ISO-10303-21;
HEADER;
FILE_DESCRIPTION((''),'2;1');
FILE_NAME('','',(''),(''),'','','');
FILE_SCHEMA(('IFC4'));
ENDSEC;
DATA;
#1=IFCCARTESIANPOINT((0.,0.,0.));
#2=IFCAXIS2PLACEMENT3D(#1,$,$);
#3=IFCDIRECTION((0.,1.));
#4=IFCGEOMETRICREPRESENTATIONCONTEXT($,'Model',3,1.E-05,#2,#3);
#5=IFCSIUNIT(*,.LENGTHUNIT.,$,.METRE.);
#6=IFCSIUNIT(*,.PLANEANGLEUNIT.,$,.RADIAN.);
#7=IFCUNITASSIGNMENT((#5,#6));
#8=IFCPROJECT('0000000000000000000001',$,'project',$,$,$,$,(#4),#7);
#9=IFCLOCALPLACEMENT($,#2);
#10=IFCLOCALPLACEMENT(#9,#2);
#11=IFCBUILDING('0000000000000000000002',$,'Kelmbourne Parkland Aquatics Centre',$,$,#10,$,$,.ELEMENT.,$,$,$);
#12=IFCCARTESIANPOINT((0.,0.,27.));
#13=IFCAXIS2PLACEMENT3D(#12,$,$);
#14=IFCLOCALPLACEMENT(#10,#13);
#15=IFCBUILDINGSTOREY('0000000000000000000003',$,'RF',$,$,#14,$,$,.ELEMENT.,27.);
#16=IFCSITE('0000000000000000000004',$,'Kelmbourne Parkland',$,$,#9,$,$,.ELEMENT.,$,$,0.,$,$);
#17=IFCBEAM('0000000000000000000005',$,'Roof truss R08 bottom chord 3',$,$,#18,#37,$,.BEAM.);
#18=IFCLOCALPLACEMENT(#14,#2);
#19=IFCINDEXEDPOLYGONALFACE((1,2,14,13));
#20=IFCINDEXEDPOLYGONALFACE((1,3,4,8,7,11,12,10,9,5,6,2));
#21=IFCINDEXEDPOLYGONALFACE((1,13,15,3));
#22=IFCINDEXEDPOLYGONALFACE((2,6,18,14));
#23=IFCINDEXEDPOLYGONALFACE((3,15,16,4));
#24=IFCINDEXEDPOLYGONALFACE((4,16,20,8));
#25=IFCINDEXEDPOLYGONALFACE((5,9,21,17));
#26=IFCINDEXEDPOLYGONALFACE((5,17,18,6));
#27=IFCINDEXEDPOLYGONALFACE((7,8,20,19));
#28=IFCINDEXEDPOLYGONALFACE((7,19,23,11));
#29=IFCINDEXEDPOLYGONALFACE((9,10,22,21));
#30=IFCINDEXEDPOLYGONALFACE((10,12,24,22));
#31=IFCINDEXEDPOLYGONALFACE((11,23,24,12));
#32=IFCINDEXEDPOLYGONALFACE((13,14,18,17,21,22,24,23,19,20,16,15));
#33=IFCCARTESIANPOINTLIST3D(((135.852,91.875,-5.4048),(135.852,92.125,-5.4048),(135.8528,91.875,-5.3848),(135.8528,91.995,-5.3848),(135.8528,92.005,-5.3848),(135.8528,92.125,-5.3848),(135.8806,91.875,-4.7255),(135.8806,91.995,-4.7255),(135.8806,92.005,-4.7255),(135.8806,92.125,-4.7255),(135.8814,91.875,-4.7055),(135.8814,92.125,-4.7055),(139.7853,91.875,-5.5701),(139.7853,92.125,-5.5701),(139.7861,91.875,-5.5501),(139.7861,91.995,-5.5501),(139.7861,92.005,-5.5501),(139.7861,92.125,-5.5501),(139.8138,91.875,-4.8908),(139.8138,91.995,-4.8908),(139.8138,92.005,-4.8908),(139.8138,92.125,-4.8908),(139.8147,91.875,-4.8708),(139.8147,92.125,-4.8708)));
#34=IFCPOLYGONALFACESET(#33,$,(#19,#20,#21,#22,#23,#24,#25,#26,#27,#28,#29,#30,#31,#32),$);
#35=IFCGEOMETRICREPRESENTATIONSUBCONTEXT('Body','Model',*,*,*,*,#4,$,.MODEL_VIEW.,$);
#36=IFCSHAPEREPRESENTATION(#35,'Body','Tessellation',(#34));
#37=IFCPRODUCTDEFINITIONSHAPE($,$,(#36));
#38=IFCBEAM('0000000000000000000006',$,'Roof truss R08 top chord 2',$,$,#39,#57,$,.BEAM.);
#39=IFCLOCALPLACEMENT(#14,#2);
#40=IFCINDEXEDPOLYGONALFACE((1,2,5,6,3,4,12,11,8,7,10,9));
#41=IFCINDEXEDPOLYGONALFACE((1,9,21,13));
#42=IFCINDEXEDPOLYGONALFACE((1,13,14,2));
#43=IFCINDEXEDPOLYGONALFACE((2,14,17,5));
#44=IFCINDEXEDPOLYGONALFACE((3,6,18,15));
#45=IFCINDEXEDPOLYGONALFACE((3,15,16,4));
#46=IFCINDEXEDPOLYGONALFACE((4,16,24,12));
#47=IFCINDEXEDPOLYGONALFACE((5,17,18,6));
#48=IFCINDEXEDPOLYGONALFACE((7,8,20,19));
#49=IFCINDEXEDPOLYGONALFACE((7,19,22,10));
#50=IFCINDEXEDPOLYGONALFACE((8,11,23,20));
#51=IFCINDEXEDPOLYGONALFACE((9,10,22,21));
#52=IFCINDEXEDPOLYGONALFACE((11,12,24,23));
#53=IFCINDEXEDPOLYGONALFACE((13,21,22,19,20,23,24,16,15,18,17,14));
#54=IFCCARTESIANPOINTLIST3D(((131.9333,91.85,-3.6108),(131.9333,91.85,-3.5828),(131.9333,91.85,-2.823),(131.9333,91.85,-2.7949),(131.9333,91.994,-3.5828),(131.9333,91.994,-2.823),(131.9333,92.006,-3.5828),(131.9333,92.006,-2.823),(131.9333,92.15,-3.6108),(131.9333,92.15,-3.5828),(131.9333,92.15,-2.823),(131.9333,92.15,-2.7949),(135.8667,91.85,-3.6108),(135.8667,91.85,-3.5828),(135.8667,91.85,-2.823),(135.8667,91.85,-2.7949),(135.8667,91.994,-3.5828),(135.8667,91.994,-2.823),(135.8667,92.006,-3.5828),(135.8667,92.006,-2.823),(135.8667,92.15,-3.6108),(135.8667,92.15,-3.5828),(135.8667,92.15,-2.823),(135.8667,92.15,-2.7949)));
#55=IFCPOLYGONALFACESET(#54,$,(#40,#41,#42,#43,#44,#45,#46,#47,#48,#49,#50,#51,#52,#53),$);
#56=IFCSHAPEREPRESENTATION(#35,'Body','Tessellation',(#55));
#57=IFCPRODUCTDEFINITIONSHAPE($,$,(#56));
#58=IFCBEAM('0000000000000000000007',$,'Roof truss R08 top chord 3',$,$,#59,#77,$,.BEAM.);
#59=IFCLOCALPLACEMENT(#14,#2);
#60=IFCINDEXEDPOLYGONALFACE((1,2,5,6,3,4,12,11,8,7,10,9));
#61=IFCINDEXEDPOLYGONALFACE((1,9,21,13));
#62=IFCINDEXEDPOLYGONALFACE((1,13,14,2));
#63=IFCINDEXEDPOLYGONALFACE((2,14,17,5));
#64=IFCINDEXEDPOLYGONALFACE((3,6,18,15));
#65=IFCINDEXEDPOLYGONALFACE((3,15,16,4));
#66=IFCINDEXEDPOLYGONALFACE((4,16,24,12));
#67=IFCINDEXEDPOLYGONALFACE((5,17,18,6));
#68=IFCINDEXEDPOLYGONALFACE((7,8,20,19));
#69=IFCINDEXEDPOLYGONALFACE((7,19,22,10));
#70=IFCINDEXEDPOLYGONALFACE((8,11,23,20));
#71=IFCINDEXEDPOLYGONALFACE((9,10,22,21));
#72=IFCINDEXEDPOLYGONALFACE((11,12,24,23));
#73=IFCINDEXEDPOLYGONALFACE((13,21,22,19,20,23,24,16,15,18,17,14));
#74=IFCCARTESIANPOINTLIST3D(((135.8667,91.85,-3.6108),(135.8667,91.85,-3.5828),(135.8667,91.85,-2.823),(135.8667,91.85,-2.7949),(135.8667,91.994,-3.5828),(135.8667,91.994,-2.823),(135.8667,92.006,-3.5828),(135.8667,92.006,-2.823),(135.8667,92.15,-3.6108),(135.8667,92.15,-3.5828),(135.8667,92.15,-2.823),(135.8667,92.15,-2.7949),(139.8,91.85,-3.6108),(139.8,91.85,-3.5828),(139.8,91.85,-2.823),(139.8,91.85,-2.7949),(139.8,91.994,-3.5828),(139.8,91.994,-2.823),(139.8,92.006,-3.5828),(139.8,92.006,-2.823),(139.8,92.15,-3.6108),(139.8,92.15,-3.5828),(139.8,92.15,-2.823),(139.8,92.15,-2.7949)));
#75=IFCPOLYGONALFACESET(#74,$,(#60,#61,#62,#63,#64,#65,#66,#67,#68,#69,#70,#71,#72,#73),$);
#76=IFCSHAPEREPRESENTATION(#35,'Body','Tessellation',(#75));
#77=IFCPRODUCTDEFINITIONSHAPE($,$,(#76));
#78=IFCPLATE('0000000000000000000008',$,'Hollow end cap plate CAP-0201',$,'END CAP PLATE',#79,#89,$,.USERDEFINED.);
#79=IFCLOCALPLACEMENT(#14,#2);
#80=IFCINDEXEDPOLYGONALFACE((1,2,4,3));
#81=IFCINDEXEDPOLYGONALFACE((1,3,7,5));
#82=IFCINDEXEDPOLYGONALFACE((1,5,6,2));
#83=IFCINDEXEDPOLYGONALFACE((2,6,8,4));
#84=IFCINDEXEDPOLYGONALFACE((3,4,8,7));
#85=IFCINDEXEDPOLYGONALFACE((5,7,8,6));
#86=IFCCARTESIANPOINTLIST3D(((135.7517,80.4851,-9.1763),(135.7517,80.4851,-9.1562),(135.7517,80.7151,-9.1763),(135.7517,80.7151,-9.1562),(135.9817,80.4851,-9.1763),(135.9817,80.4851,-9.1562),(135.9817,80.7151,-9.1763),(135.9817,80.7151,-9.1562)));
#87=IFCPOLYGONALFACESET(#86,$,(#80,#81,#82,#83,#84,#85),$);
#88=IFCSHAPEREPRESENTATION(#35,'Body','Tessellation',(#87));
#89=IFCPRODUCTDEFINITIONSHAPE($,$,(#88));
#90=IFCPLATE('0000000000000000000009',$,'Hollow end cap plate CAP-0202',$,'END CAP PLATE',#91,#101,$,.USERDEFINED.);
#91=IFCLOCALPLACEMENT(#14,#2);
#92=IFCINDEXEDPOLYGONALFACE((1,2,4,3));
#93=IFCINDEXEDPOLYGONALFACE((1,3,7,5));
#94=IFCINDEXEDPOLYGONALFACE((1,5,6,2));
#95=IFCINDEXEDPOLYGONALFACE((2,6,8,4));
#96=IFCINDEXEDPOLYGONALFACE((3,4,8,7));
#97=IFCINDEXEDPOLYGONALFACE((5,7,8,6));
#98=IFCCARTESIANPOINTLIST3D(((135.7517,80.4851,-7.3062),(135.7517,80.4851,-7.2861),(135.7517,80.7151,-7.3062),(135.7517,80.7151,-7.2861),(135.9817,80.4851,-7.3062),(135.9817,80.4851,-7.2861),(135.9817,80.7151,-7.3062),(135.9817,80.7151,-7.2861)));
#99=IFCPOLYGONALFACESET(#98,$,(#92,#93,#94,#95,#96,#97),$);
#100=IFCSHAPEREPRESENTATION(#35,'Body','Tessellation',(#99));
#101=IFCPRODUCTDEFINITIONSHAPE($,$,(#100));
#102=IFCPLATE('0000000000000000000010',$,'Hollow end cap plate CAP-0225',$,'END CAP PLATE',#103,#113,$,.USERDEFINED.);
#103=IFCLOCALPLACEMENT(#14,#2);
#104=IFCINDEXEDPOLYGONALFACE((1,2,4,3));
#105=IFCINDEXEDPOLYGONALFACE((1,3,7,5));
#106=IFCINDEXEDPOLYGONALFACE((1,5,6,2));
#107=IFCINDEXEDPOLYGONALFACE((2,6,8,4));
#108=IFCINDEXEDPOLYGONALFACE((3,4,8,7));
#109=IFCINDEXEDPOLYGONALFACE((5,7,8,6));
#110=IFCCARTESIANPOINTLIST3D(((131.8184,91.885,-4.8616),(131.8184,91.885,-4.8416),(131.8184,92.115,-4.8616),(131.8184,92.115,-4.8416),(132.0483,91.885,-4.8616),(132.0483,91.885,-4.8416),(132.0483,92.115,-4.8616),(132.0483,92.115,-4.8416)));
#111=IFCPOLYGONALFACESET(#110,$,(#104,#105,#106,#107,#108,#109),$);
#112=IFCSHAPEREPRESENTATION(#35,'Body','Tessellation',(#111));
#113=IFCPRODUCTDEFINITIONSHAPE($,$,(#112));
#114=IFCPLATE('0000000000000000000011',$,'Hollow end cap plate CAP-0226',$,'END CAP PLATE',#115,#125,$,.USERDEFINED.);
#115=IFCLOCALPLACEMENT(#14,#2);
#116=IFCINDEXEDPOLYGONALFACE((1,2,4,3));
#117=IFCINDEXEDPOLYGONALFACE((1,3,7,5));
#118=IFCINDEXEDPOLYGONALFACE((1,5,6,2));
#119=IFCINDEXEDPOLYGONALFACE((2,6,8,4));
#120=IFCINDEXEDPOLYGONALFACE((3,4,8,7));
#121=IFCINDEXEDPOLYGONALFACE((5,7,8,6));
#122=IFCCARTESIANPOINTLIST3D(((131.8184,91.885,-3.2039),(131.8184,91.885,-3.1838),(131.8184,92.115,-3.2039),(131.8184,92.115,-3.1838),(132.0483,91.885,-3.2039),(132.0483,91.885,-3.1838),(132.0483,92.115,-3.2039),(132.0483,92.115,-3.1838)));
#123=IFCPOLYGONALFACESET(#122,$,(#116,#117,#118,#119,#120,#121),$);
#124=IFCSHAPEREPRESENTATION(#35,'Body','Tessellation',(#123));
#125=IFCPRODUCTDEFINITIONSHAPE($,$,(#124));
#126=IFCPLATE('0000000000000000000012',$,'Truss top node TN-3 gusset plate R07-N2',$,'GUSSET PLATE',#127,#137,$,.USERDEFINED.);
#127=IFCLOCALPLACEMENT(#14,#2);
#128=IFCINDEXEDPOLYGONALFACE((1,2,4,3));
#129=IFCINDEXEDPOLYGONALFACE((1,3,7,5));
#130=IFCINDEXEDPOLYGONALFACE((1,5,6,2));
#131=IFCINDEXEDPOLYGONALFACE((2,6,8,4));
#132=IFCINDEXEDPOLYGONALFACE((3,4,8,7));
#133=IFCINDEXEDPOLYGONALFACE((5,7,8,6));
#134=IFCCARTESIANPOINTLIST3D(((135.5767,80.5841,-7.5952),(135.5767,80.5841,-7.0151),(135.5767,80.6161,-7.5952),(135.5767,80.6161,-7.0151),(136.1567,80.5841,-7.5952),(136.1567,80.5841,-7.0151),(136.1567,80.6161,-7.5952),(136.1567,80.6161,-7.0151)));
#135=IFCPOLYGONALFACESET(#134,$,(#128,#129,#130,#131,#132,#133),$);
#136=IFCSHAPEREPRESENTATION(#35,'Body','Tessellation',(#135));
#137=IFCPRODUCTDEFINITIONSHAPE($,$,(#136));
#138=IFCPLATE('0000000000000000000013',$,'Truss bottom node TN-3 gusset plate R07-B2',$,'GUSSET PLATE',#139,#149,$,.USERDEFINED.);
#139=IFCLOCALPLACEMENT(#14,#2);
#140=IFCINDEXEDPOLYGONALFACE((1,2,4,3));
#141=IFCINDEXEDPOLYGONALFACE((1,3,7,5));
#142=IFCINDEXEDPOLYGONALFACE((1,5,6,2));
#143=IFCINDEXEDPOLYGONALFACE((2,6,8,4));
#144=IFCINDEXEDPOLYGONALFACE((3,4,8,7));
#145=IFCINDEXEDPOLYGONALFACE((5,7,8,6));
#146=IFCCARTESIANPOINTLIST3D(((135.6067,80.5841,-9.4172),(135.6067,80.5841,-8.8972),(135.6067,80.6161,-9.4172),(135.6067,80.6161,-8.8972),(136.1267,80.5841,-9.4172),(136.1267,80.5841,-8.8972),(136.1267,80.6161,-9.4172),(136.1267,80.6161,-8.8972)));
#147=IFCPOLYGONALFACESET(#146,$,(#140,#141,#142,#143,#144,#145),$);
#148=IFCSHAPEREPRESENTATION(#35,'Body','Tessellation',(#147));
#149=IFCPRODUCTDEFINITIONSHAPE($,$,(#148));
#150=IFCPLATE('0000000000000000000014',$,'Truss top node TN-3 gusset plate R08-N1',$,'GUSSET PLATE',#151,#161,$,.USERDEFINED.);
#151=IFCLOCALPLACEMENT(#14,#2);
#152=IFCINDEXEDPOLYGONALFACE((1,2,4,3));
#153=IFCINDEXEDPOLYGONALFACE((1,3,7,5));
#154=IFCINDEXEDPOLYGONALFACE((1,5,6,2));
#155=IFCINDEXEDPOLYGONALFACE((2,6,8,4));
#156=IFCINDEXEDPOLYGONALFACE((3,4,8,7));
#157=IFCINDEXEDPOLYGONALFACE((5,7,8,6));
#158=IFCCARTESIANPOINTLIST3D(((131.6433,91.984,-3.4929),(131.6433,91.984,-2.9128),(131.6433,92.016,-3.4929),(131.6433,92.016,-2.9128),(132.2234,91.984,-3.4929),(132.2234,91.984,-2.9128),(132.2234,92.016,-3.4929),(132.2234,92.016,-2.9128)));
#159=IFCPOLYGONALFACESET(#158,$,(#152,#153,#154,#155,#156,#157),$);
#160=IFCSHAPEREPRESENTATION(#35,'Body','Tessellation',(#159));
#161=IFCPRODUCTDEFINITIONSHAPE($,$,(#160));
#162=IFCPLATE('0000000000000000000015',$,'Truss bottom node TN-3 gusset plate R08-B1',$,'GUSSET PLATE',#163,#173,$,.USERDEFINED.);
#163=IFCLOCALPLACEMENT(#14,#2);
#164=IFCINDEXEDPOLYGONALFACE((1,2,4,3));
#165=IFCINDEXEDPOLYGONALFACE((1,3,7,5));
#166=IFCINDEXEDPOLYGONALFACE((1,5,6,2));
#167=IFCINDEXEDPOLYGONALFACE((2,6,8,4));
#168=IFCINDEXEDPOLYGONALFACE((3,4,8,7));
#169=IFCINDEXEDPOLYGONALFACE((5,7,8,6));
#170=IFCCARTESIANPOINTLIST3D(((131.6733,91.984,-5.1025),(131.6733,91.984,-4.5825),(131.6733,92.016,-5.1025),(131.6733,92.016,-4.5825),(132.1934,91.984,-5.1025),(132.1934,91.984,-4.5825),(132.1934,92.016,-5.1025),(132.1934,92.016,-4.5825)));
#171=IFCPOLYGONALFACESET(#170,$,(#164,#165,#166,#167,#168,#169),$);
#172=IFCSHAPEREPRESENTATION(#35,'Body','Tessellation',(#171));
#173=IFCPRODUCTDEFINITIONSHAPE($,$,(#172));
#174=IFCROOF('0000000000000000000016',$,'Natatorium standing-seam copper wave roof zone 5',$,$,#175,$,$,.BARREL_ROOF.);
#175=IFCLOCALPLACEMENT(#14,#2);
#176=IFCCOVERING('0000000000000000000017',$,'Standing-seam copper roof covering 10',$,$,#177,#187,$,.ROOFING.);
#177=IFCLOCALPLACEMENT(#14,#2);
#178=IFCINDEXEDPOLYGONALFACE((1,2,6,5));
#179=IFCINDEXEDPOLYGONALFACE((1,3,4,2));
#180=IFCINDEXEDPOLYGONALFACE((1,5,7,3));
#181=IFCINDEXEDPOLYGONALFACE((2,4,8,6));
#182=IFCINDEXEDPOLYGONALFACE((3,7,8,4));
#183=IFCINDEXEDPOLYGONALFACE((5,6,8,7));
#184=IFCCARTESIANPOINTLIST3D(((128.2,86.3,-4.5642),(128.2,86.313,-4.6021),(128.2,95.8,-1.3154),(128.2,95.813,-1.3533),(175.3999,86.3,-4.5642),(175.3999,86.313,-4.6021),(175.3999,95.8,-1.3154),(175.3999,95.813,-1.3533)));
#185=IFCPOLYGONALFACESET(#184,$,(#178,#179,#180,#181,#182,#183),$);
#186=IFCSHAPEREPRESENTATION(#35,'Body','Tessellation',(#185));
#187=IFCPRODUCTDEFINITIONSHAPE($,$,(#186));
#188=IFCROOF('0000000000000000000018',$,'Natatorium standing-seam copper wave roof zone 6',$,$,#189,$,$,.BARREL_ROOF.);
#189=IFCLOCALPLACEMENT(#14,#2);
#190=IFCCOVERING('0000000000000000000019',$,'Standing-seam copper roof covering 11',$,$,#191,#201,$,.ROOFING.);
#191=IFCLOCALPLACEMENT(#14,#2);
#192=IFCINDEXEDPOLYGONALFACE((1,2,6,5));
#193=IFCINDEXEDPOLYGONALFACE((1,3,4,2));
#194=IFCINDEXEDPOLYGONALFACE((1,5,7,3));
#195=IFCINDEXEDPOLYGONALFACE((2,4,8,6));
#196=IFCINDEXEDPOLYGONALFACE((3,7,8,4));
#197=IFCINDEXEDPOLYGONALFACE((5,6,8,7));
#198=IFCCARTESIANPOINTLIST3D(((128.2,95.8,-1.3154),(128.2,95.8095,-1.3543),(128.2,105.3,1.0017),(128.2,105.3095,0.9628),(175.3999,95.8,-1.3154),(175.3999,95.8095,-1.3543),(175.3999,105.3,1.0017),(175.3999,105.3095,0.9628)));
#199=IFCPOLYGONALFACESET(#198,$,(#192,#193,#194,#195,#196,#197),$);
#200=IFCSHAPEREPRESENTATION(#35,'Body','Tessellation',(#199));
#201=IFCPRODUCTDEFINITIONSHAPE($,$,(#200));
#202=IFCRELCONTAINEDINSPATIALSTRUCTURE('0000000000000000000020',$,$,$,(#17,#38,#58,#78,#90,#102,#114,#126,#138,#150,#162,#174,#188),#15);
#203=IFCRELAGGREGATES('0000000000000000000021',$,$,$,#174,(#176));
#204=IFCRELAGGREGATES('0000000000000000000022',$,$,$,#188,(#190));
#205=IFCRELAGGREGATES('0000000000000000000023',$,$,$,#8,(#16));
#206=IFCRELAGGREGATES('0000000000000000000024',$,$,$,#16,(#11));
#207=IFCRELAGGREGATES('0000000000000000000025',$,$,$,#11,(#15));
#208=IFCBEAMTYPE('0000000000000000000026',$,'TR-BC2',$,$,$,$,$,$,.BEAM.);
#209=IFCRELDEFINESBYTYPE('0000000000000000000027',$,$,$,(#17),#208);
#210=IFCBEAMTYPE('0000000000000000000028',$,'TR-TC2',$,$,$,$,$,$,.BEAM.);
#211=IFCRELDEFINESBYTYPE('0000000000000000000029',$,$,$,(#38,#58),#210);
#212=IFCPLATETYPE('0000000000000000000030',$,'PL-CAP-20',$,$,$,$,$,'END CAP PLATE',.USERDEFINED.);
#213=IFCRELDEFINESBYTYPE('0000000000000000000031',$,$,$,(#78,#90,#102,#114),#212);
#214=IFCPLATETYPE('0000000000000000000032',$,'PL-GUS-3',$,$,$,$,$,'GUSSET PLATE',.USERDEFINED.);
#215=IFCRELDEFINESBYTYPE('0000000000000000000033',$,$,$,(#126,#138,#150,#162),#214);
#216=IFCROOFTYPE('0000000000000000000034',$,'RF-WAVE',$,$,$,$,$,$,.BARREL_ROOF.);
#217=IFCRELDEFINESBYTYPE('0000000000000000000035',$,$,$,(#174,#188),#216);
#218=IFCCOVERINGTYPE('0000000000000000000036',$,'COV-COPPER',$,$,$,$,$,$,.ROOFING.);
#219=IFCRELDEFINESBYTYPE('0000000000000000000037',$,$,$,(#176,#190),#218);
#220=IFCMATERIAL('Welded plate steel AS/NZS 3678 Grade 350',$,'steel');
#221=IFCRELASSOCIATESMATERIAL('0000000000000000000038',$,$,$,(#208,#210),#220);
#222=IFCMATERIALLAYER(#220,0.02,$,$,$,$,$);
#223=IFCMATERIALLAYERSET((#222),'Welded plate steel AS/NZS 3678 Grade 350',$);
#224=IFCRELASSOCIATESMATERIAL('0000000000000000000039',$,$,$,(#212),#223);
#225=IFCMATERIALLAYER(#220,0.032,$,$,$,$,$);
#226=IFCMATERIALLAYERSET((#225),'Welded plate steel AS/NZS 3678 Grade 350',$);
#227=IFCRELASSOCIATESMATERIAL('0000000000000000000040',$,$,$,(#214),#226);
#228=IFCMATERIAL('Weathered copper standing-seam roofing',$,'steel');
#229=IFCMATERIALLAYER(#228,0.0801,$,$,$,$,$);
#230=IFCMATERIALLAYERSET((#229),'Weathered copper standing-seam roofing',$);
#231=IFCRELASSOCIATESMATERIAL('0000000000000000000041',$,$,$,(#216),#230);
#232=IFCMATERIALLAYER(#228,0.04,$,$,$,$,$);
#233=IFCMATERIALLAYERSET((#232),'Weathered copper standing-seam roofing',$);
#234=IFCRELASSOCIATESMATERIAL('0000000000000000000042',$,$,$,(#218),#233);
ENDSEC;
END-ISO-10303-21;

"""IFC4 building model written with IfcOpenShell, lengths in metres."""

from ifc_helpers import new_model, si_unit, direction, frame, origin, origin_2d, place, context, subcontext, project, spatial, polyline, rectangle, i_section, outline, extrude, material, layer, layer_set, material_profile, profile_set, type_object, element, aggregate, save


model = new_model("IFC4")

# Units and contexts
model_context = context("Model", 3, precision=1e-05, world=origin(), true_north=direction((0.0, 1.0)))
body_context = subcontext(model_context, "Body", "Model", "MODEL_VIEW")
ifc_project = project(units=[si_unit("LENGTHUNIT", "METRE"), si_unit("PLANEANGLEUNIT", "RADIAN")], contexts=[model_context])

# Site, building, storey
site_placement = place(None, origin())
site = spatial("IfcSite", under=ifc_project, at=site_placement, Name="Kelmbourne Parkland", CompositionType="ELEMENT", RefElevation=0.0)
building_placement = place(site_placement, origin())
building = spatial("IfcBuilding", under=site, at=building_placement, Name="Kelmbourne Parkland Aquatics Centre", CompositionType="ELEMENT")
storey_placement = place(building_placement, frame((0.0, 0.0, 27.0)))
storey = spatial("IfcBuildingStorey", under=building, at=storey_placement, Name="RF", CompositionType="ELEMENT", Elevation=27.0)

# Beams
ifc_material_1 = material(Name="Welded plate steel AS/NZS 3678 Grade 350", Category="steel")
ifc_material_profile_1 = material_profile(ifc_material_1, i_section(OverallWidth=0.25, OverallDepth=0.7, WebThickness=0.01, FlangeThickness=0.02, at=origin_2d()), Name="700WB130")
ifc_profile_set_1 = profile_set([ifc_material_profile_1], Name="Welded plate steel AS/NZS 3678 Grade 350")
beam_type_1 = type_object("IfcBeamType", Name="TR-BC2", PredefinedType="BEAM", material=ifc_profile_set_1)
beam_1_placement = place(storey_placement, frame((135.8667, 92.0, -5.0552), z_axis=(0.999118, 0.0, -0.041984), x_axis=(0.0, 1.0, 0.0)))
element("IfcBeam", 1, at=beam_1_placement, inside=storey, type_object=beam_type_1, Name="Roof truss R08 bottom chord 3", PredefinedType="BEAM", context=body_context, shape_type="SweptSolid", body=[
    extrude(i_section(OverallWidth=0.25, OverallDepth=0.7, WebThickness=0.01, FlangeThickness=0.02, at=origin_2d()), origin(), (0.0, 0.0, 1.0), 3.9368),
])
ifc_material_profile_2 = material_profile(ifc_material_1, i_section(OverallWidth=0.3, OverallDepth=0.8159, WebThickness=0.012, FlangeThickness=0.0281, at=origin_2d()), Name="800WB192")
ifc_profile_set_2 = profile_set([ifc_material_profile_2], Name="Welded plate steel AS/NZS 3678 Grade 350")
beam_type_2 = type_object("IfcBeamType", Name="TR-TC2", PredefinedType="BEAM", material=ifc_profile_set_2)
for number, where, z_axis, x_axis, name in (
    (2, (131.9333, 92.0, -3.2029), (1.0, 0.0, 0.0), (0.0, 1.0, 0.0), "Roof truss R08 top chord 2"),
    (3, (135.8667, 92.0, -3.2029), (1.0, 0.0, 0.0), (0.0, 1.0, 0.0), "Roof truss R08 top chord 3"),
):
    element("IfcBeam", number, at=place(storey_placement, frame(where, z_axis=z_axis, x_axis=x_axis)), inside=storey, type_object=beam_type_2, Name=name, PredefinedType="BEAM", context=body_context, shape_type="SweptSolid", body=[
        extrude(i_section(OverallWidth=0.3, OverallDepth=0.8159, WebThickness=0.012, FlangeThickness=0.0281, at=origin_2d()), origin(), (0.0, 0.0, 1.0), 3.9333),
    ])

# Plates
ifc_layer_1 = layer(ifc_material_1, 0.02)
ifc_layer_set_1 = layer_set([ifc_layer_1], Name="Welded plate steel AS/NZS 3678 Grade 350")
plate_type_1 = type_object("IfcPlateType", Name="PL-CAP-20", ElementType="END CAP PLATE", PredefinedType="USERDEFINED", material=ifc_layer_set_1)
for number, where, z_axis, x_axis, name in (
    (4, (135.8667, 80.6001, -9.1763), (0.0, 0.0, 1.0), (1.0, 0.0, 0.0), "Hollow end cap plate CAP-0201"),
    (5, (135.8667, 80.6001, -7.3062), (0.0, 0.0, 1.0), (1.0, 0.0, 0.0), "Hollow end cap plate CAP-0202"),
    (6, (131.9333, 92.0, -4.8616), (0.0, 0.0, 1.0), (1.0, 0.0, 0.0), "Hollow end cap plate CAP-0225"),
    (7, (131.9333, 92.0, -3.2039), (0.0, 0.0, 1.0), (1.0, 0.0, 0.0), "Hollow end cap plate CAP-0226"),
):
    element("IfcPlate", number, at=place(storey_placement, frame(where, z_axis=z_axis, x_axis=x_axis)), inside=storey, type_object=plate_type_1, Name=name, ObjectType="END CAP PLATE", PredefinedType="USERDEFINED", context=body_context, shape_type="SweptSolid", body=[
        extrude(rectangle(XDim=0.23, YDim=0.23, at=origin_2d()), origin(), (0.0, 0.0, 1.0), 0.02),
    ])
ifc_layer_2 = layer(ifc_material_1, 0.032)
ifc_layer_set_2 = layer_set([ifc_layer_2], Name="Welded plate steel AS/NZS 3678 Grade 350")
plate_type_2 = type_object("IfcPlateType", Name="PL-GUS-3", ElementType="GUSSET PLATE", PredefinedType="USERDEFINED", material=ifc_layer_set_2)
plate_1_placement = place(storey_placement, frame((135.8667, 80.6001, -7.5952), z_axis=(0.0, 0.0, 1.0), x_axis=(1.0, 0.0, 0.0)))
element("IfcPlate", 8, at=plate_1_placement, inside=storey, type_object=plate_type_2, Name="Truss top node TN-3 gusset plate R07-N2", ObjectType="GUSSET PLATE", PredefinedType="USERDEFINED", context=body_context, shape_type="SweptSolid", body=[
    extrude(rectangle(XDim=0.5801, YDim=0.032, at=origin_2d()), origin(), (0.0, 0.0, 1.0), 0.5801),
])
plate_2_placement = place(storey_placement, frame((135.8667, 80.6001, -9.4172), z_axis=(0.0, 0.0, 1.0), x_axis=(1.0, 0.0, 0.0)))
element("IfcPlate", 9, at=plate_2_placement, inside=storey, type_object=plate_type_2, Name="Truss bottom node TN-3 gusset plate R07-B2", ObjectType="GUSSET PLATE", PredefinedType="USERDEFINED", context=body_context, shape_type="SweptSolid", body=[
    extrude(rectangle(XDim=0.52, YDim=0.032, at=origin_2d()), origin(), (0.0, 0.0, 1.0), 0.52),
])
plate_3_placement = place(storey_placement, frame((131.9333, 92.0, -3.4929), z_axis=(0.0, 0.0, 1.0), x_axis=(1.0, 0.0, 0.0)))
element("IfcPlate", 10, at=plate_3_placement, inside=storey, type_object=plate_type_2, Name="Truss top node TN-3 gusset plate R08-N1", ObjectType="GUSSET PLATE", PredefinedType="USERDEFINED", context=body_context, shape_type="SweptSolid", body=[
    extrude(rectangle(XDim=0.5801, YDim=0.032, at=origin_2d()), origin(), (0.0, 0.0, 1.0), 0.5801),
])
plate_4_placement = place(storey_placement, frame((131.9333, 92.0, -5.1025), z_axis=(0.0, 0.0, 1.0), x_axis=(1.0, 0.0, 0.0)))
element("IfcPlate", 11, at=plate_4_placement, inside=storey, type_object=plate_type_2, Name="Truss bottom node TN-3 gusset plate R08-B1", ObjectType="GUSSET PLATE", PredefinedType="USERDEFINED", context=body_context, shape_type="SweptSolid", body=[
    extrude(rectangle(XDim=0.52, YDim=0.032, at=origin_2d()), origin(), (0.0, 0.0, 1.0), 0.52),
])

# Roofs, coverings
ifc_material_2 = material(Name="Weathered copper standing-seam roofing", Category="steel")
ifc_layer_3 = layer(ifc_material_2, 0.0801)
ifc_layer_set_3 = layer_set([ifc_layer_3], Name="Weathered copper standing-seam roofing")
roof_type = type_object("IfcRoofType", Name="RF-WAVE", PredefinedType="BARREL_ROOF", material=ifc_layer_set_3)
roof_1_placement = place(storey_placement, origin())
roof_1 = element("IfcRoof", 12, at=roof_1_placement, inside=storey, type_object=roof_type, Name="Natatorium standing-seam copper wave roof zone 5", PredefinedType="BARREL_ROOF")
ifc_layer_4 = layer(ifc_material_2, 0.04)
ifc_layer_set_4 = layer_set([ifc_layer_4], Name="Weathered copper standing-seam roofing")
covering_type = type_object("IfcCoveringType", Name="COV-COPPER", PredefinedType="ROOFING", material=ifc_layer_set_4)
covering_1_placement = place(storey_placement, frame((128.2, 86.3, -4.5642), z_axis=(0.0, -0.323579, 0.946201), x_axis=(1.0, 0.0, 0.0)))
covering_1 = element("IfcCovering", 13, at=covering_1_placement, type_object=covering_type, Name="Standing-seam copper roof covering 10", PredefinedType="ROOFING", context=body_context, shape_type="SweptSolid", body=[
    extrude(outline(polyline([(0.0, 0.0), (47.2, 0.0), (47.2, 10.0401), (0.0, 10.0401), (0.0, 0.0)])), origin(), (0.0, 0.0, -1.0), 0.04),
])
aggregate(roof_1, [covering_1])
roof_2_placement = place(storey_placement, origin())
roof_2 = element("IfcRoof", 14, at=roof_2_placement, inside=storey, type_object=roof_type, Name="Natatorium standing-seam copper wave roof zone 6", PredefinedType="BARREL_ROOF")
covering_2_placement = place(storey_placement, frame((128.2, 95.8, -1.3154), z_axis=(0.0, -0.236963, 0.971519), x_axis=(1.0, 0.0, 0.0)))
covering_2 = element("IfcCovering", 15, at=covering_2_placement, type_object=covering_type, Name="Standing-seam copper roof covering 11", PredefinedType="ROOFING", context=body_context, shape_type="SweptSolid", body=[
    extrude(outline(polyline([(0.0, 0.0), (47.2, 0.0), (47.2, 9.7785), (0.0, 9.7785), (0.0, 0.0)])), origin(), (0.0, 0.0, -1.0), 0.04),
])
aggregate(roof_2, [covering_2])

save(model, "model.ifc")
